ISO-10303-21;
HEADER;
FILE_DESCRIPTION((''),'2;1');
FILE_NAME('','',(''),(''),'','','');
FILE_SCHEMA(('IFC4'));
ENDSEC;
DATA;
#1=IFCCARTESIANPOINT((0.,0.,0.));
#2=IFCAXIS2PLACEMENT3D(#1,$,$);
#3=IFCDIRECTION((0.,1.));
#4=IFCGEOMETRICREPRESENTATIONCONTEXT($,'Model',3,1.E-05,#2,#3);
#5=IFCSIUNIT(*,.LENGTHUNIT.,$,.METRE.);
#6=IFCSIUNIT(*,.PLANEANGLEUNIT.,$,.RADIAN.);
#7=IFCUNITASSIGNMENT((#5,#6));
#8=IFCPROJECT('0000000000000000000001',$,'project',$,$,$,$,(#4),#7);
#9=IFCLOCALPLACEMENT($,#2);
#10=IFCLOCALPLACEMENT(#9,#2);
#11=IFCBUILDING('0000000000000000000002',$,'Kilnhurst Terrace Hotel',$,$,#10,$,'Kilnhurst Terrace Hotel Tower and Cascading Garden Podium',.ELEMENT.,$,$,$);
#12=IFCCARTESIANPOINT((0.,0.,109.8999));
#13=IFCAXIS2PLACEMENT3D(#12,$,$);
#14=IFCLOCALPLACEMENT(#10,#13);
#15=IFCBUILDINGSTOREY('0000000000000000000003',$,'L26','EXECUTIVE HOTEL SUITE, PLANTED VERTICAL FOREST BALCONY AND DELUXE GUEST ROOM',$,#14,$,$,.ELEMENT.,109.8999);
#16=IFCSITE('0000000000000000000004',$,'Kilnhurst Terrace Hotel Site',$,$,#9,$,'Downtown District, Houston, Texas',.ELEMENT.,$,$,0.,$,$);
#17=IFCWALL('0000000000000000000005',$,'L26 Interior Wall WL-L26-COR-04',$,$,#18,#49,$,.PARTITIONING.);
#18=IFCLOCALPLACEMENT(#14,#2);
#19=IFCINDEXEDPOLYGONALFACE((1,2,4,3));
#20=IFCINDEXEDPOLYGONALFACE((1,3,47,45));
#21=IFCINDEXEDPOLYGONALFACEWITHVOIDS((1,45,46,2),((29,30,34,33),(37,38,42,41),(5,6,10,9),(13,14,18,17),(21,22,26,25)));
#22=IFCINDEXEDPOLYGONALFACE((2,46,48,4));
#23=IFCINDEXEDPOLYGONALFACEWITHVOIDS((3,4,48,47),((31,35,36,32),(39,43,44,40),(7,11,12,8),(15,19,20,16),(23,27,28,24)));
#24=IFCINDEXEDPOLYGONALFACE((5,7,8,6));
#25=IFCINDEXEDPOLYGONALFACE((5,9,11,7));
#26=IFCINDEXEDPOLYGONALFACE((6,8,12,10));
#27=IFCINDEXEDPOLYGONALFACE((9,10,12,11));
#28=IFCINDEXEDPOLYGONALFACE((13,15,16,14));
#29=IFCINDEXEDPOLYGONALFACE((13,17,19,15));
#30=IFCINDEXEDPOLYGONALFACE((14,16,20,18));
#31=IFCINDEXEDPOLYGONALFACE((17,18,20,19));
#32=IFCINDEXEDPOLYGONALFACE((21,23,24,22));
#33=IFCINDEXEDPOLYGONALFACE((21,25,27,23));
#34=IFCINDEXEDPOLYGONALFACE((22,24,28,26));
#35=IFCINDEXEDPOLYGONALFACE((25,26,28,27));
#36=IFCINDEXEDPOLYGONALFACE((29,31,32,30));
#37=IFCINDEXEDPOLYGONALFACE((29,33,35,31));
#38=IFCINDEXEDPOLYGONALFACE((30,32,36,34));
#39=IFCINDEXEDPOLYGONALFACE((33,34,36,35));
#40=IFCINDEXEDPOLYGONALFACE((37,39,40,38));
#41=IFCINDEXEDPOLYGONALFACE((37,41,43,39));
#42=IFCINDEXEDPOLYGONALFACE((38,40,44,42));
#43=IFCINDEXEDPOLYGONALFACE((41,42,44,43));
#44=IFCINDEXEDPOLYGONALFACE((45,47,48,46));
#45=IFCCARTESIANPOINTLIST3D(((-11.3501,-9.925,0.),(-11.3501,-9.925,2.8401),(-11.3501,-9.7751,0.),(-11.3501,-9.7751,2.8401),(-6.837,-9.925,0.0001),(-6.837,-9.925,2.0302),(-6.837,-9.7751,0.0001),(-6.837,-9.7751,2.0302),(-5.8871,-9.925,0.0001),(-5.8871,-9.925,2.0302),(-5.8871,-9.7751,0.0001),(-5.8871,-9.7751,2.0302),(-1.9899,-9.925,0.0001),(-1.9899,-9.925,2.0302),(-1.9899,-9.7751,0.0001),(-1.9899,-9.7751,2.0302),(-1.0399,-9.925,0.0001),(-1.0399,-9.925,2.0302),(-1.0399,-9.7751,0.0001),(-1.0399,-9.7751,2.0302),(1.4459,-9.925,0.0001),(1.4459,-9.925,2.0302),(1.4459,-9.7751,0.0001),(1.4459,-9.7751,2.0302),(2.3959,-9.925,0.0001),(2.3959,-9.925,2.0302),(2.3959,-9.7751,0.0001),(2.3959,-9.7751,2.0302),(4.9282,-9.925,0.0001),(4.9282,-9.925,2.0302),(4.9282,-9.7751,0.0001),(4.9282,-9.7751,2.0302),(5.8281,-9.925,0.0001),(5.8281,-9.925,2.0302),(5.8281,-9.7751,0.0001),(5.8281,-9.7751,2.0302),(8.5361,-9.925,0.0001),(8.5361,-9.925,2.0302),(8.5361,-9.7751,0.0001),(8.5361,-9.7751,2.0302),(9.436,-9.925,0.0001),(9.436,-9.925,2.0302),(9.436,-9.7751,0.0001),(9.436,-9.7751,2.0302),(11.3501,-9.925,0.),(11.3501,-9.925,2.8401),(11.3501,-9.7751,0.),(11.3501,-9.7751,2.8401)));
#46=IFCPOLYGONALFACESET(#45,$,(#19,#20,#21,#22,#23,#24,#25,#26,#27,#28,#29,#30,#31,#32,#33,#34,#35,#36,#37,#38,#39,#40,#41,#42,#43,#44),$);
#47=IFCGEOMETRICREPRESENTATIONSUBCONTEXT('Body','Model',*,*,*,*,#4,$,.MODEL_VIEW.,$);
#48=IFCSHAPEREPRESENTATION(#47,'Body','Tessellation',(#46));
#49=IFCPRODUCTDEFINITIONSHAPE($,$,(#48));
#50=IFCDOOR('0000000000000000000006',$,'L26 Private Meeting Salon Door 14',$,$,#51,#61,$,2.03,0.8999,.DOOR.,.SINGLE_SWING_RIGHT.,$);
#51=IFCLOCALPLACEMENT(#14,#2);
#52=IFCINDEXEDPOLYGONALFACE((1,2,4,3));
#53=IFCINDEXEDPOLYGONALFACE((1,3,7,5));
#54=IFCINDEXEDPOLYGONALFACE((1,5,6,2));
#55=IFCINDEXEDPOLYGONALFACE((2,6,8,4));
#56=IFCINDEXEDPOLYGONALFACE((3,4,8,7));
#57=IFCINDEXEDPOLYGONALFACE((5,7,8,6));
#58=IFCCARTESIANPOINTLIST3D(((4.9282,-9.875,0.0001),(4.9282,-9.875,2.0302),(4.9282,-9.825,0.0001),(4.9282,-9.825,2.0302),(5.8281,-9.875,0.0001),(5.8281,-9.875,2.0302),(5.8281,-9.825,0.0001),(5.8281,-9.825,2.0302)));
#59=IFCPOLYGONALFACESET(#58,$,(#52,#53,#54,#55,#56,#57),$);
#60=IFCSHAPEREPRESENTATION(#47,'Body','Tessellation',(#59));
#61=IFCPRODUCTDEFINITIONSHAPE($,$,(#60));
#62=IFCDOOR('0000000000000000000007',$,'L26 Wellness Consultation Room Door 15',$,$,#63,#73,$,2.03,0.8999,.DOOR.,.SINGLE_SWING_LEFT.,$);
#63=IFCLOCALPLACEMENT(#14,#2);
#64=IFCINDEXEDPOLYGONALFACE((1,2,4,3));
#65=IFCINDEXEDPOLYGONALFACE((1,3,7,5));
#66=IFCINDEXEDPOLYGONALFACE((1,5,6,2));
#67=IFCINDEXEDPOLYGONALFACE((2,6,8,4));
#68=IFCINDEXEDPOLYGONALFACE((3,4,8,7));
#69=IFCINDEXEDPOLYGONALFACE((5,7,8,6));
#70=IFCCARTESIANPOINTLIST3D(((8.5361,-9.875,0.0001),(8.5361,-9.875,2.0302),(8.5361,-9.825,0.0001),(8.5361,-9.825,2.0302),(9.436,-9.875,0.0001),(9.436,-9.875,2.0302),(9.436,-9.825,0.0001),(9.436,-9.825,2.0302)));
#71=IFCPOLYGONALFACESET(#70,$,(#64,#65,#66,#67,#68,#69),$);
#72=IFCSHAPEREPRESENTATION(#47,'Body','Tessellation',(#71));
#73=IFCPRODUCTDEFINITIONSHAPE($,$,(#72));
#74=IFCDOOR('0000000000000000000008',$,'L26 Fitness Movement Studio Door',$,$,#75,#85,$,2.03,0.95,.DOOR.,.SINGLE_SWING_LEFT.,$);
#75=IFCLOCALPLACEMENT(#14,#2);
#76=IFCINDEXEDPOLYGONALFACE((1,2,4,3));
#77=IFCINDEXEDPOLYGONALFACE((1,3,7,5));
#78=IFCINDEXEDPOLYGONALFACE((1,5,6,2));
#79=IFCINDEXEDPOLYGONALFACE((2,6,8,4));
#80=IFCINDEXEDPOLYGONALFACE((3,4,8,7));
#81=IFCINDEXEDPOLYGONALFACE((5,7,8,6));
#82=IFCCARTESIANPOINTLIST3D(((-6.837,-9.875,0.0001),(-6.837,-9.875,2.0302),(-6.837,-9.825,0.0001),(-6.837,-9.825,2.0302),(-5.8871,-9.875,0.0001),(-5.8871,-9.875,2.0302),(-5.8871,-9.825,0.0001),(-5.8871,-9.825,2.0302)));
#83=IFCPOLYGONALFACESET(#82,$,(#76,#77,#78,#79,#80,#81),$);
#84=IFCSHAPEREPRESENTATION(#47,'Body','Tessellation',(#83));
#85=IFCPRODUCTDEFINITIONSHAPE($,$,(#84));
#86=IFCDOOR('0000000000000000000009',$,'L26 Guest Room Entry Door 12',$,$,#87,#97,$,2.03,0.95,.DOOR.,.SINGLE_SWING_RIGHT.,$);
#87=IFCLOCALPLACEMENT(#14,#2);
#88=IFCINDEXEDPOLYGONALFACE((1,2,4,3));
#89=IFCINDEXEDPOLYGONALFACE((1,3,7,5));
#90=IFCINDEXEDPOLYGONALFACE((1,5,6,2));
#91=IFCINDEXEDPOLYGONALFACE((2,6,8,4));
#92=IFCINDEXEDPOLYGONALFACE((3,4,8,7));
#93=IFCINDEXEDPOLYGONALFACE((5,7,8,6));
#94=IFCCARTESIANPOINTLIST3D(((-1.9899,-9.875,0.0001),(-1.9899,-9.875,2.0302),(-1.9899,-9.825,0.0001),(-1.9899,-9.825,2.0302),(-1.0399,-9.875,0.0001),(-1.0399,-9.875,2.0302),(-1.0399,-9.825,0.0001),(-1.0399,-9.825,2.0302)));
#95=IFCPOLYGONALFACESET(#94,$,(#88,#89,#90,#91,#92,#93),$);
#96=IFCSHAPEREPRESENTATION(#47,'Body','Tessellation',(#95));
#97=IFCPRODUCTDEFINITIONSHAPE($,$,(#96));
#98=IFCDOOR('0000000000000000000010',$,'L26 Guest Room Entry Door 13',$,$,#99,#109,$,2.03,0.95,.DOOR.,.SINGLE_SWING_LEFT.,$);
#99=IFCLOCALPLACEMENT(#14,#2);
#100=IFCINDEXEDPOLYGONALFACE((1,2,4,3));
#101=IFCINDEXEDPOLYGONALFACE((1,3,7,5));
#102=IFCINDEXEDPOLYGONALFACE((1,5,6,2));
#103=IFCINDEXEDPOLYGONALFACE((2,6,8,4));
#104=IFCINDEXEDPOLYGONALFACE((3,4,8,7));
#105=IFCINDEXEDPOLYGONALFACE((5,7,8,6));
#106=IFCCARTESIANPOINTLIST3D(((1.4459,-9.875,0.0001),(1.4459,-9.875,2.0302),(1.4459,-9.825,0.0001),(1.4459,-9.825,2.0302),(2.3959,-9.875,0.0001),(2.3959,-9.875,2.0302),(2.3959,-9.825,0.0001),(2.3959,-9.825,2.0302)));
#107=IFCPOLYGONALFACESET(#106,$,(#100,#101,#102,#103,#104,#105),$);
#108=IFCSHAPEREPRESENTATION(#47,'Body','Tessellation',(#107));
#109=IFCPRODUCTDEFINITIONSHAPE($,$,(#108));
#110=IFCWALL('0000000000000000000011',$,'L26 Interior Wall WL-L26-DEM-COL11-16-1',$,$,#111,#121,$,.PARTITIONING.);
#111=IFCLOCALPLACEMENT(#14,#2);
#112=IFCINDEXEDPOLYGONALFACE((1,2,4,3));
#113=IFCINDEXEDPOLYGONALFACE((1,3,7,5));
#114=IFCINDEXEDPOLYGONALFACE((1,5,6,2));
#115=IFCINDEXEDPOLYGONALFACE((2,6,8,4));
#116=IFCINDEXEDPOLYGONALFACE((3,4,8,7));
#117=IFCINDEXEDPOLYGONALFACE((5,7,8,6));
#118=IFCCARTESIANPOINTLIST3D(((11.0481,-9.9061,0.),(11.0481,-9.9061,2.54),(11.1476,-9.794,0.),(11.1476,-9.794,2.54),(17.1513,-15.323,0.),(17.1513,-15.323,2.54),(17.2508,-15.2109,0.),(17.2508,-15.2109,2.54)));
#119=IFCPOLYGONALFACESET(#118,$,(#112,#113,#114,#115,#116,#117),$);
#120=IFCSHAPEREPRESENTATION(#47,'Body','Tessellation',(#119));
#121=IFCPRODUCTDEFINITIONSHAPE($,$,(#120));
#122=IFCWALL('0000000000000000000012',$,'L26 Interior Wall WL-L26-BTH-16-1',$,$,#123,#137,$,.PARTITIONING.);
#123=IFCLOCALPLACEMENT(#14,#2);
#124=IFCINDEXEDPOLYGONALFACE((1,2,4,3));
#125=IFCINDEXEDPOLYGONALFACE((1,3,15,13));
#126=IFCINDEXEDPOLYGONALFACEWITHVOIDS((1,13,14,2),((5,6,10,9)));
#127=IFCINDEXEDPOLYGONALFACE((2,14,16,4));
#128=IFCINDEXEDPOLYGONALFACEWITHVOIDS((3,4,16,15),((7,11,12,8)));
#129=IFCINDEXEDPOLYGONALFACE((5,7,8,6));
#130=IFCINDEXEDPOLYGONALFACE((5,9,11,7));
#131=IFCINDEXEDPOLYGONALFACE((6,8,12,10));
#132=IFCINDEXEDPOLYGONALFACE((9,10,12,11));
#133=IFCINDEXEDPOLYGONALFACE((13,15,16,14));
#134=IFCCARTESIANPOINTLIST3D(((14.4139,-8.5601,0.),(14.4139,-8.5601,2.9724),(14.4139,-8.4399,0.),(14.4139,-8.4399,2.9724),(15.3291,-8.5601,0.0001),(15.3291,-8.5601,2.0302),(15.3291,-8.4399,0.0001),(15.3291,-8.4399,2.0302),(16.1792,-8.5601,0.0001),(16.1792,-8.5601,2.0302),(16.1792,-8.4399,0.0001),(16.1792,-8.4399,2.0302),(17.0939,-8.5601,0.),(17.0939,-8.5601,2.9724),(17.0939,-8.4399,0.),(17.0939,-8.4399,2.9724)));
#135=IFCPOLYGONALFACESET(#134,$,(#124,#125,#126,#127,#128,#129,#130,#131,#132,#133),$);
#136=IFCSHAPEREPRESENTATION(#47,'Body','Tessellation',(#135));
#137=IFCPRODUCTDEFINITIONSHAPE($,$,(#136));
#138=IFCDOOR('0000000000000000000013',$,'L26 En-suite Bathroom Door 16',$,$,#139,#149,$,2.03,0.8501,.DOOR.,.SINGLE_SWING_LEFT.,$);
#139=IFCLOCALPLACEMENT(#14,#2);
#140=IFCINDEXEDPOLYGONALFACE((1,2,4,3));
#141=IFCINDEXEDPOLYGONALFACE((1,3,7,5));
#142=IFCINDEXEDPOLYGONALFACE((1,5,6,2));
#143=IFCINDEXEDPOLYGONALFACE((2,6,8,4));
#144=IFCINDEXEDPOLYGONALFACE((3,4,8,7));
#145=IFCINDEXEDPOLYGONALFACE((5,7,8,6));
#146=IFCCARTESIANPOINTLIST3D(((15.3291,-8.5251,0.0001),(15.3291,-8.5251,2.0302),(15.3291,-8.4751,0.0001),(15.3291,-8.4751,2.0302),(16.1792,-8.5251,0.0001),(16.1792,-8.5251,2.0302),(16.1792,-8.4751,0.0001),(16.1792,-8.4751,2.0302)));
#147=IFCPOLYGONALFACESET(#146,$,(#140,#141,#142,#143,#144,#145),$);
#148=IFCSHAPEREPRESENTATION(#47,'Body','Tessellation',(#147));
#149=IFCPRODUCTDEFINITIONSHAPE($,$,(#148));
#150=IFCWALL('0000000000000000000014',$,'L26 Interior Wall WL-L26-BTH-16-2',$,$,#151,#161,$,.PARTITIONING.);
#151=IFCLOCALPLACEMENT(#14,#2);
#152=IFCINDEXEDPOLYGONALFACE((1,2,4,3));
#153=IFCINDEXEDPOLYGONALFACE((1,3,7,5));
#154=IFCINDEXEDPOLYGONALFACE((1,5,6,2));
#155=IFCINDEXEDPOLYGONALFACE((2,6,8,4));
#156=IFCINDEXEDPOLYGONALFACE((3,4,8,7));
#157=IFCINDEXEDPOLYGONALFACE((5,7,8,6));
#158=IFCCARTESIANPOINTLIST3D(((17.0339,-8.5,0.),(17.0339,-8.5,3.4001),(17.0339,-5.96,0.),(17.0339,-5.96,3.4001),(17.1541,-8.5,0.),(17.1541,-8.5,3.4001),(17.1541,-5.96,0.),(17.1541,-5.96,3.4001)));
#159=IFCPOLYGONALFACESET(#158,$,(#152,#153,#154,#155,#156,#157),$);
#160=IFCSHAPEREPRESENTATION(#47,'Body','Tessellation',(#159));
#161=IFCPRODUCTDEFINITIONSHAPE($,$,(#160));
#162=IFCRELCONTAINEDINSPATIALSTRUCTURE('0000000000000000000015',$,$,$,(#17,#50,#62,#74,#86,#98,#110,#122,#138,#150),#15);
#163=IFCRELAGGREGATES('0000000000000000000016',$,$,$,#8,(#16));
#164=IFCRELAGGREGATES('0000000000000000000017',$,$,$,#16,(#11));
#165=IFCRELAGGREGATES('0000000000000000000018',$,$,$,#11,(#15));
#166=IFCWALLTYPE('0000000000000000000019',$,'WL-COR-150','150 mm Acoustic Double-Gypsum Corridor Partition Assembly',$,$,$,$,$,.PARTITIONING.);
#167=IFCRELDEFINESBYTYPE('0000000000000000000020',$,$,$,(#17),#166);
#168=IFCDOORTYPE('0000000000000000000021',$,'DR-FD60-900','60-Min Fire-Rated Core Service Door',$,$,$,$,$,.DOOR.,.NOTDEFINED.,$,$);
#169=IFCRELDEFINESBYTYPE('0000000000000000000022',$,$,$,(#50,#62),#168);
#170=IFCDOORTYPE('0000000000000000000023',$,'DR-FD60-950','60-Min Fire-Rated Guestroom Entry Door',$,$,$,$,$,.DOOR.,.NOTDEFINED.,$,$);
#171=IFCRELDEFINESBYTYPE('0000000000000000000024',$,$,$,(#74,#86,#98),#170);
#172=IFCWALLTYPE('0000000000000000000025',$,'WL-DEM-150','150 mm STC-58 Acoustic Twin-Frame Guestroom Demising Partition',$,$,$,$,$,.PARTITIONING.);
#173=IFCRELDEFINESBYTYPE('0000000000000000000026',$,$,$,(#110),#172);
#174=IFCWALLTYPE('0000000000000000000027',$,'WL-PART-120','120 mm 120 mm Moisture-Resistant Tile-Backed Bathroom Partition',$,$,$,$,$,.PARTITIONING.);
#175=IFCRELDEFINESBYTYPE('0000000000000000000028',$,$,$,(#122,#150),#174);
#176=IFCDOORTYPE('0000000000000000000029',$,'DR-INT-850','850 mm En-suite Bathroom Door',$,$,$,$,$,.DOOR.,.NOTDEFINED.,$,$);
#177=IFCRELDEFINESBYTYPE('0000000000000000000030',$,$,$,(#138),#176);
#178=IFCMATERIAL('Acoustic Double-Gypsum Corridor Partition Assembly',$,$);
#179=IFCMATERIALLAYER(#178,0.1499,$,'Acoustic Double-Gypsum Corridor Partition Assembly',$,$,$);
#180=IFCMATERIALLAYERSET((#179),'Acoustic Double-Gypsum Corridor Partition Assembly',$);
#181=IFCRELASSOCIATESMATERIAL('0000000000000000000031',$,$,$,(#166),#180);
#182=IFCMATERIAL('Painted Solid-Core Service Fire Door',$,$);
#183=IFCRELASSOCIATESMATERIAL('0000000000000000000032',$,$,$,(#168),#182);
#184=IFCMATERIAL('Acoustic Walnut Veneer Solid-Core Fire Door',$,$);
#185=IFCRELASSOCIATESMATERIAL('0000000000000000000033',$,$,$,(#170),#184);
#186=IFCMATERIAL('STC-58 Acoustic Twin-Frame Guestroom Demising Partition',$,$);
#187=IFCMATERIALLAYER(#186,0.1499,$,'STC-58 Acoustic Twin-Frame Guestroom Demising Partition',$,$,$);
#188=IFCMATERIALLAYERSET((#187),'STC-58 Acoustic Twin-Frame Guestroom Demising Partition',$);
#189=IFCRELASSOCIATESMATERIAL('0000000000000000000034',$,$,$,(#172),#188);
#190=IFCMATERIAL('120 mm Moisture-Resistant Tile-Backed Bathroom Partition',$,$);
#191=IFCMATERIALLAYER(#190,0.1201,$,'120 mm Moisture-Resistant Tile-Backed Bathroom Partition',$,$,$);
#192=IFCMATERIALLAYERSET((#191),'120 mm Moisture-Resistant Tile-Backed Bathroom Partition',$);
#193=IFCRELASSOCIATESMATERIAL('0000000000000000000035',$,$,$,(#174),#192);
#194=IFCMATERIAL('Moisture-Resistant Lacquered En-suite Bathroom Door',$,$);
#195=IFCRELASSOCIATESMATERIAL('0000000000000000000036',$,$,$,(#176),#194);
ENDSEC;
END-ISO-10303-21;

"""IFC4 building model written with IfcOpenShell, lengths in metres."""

from ifc_helpers import new_model, si_unit, direction, frame, frame_2d, origin, place, context, subcontext, project, spatial, rectangle, extrude, material, layer, layer_set, type_object, element, fill, save


model = new_model("IFC4")

# Units and contexts
model_context = context("Model", 3, precision=1e-05, world=origin(), true_north=direction((0.0, 1.0)))
body_context = subcontext(model_context, "Body", "Model", "MODEL_VIEW")
ifc_project = project(units=[si_unit("LENGTHUNIT", "METRE"), si_unit("PLANEANGLEUNIT", "RADIAN")], contexts=[model_context])

# Site, building, storey
site_placement = place(None, origin())
site = spatial("IfcSite", under=ifc_project, at=site_placement, Name="Kilnhurst Terrace Hotel Site", LongName="Downtown District, Houston, Texas", CompositionType="ELEMENT", RefElevation=0.0)
building_placement = place(site_placement, origin())
building = spatial("IfcBuilding", under=site, at=building_placement, Name="Kilnhurst Terrace Hotel", LongName="Kilnhurst Terrace Hotel Tower and Cascading Garden Podium", CompositionType="ELEMENT")
storey_placement = place(building_placement, frame((0.0, 0.0, 109.8999)))
storey = spatial("IfcBuildingStorey", under=building, at=storey_placement, Name="L26", Description="EXECUTIVE HOTEL SUITE, PLANTED VERTICAL FOREST BALCONY AND DELUXE GUEST ROOM", CompositionType="ELEMENT", Elevation=109.8999)

# Wall, openings, doors
ifc_material_1 = material(Name="Acoustic Double-Gypsum Corridor Partition Assembly")
ifc_layer_1 = layer(ifc_material_1, 0.1499, Name="Acoustic Double-Gypsum Corridor Partition Assembly")
ifc_layer_set_1 = layer_set([ifc_layer_1], Name="Acoustic Double-Gypsum Corridor Partition Assembly")
wall_type_1 = type_object("IfcWallType", Name="WL-COR-150", Description="150 mm Acoustic Double-Gypsum Corridor Partition Assembly", PredefinedType="PARTITIONING", material=ifc_layer_set_1)
wall_1_placement = place(storey_placement, frame((11.3501, -9.8501, 0.0), z_axis=(0.0, 0.0, 1.0), x_axis=(-1.0, 0.0, 0.0)))
wall_1 = element("IfcWall", 1, at=wall_1_placement, inside=storey, type_object=wall_type_1, Name="L26 Interior Wall WL-L26-COR-04", PredefinedType="PARTITIONING", context=body_context, shape_type="SweptSolid", body=[
    extrude(rectangle(XDim=22.7002, YDim=0.1499, at=frame_2d((11.3501, 0.0))), origin(), (0.0, 0.0, 1.0), 2.8401),
])
opening_1_placement = place(wall_1_placement, frame((17.2371, 0.0, 0.0)))
opening_1 = element("IfcOpeningElement", 2, at=opening_1_placement, cuts=wall_1, PredefinedType="OPENING", context=body_context, shape_type="SweptSolid", body=[
    extrude(rectangle(XDim=0.95, YDim=2.03, at=frame_2d((0.4751, 1.0151))), frame((0.0, 0.085, 0.0), z_axis=(0.0, -1.0, 0.0), x_axis=(1.0, 0.0, 0.0)), (0.0, 0.0, 1.0), 0.1699),
])
opening_2_placement = place(wall_1_placement, frame((12.3899, 0.0, 0.0)))
opening_2 = element("IfcOpeningElement", 3, at=opening_2_placement, cuts=wall_1, PredefinedType="OPENING", context=body_context, shape_type="SweptSolid", body=[
    extrude(rectangle(XDim=0.95, YDim=2.03, at=frame_2d((0.4751, 1.0151))), frame((0.0, 0.085, 0.0), z_axis=(0.0, -1.0, 0.0), x_axis=(1.0, 0.0, 0.0)), (0.0, 0.0, 1.0), 0.1699),
])
opening_3_placement = place(wall_1_placement, frame((8.9541, 0.0, 0.0)))
opening_3 = element("IfcOpeningElement", 4, at=opening_3_placement, cuts=wall_1, PredefinedType="OPENING", context=body_context, shape_type="SweptSolid", body=[
    extrude(rectangle(XDim=0.95, YDim=2.03, at=frame_2d((0.4751, 1.0151))), frame((0.0, 0.085, 0.0), z_axis=(0.0, -1.0, 0.0), x_axis=(1.0, 0.0, 0.0)), (0.0, 0.0, 1.0), 0.1699),
])
opening_4_placement = place(wall_1_placement, frame((5.522, 0.0, 0.0)))
opening_4 = element("IfcOpeningElement", 5, at=opening_4_placement, cuts=wall_1, PredefinedType="OPENING", context=body_context, shape_type="SweptSolid", body=[
    extrude(rectangle(XDim=0.8999, YDim=2.03, at=frame_2d((0.45, 1.0151))), frame((0.0, 0.085, 0.0), z_axis=(0.0, -1.0, 0.0), x_axis=(1.0, 0.0, 0.0)), (0.0, 0.0, 1.0), 0.1699),
])
opening_5_placement = place(wall_1_placement, frame((1.9141, 0.0, 0.0)))
opening_5 = element("IfcOpeningElement", 6, at=opening_5_placement, cuts=wall_1, PredefinedType="OPENING", context=body_context, shape_type="SweptSolid", body=[
    extrude(rectangle(XDim=0.8999, YDim=2.03, at=frame_2d((0.45, 1.0151))), frame((0.0, 0.085, 0.0), z_axis=(0.0, -1.0, 0.0), x_axis=(1.0, 0.0, 0.0)), (0.0, 0.0, 1.0), 0.1699),
])
ifc_material_2 = material(Name="Painted Solid-Core Service Fire Door")
door_type_1 = type_object("IfcDoorType", Name="DR-FD60-900", Description="60-Min Fire-Rated Core Service Door", OperationType="NOTDEFINED", PredefinedType="DOOR", material=ifc_material_2)
door_1_placement = place(opening_4_placement, origin())
door_1 = element("IfcDoor", 7, at=door_1_placement, inside=storey, type_object=door_type_1, Name="L26 Private Meeting Salon Door 14", OperationType="SINGLE_SWING_RIGHT", OverallHeight=2.03, OverallWidth=0.8999, PredefinedType="DOOR", context=body_context, shape_type="SweptSolid", body=[
    extrude(rectangle(XDim=0.8999, YDim=2.03, at=frame_2d((0.45, 1.0151))), frame((0.0, 0.0249, 0.0), z_axis=(0.0, -1.0, 0.0), x_axis=(1.0, 0.0, 0.0)), (0.0, 0.0, 1.0), 0.05),
])
fill(opening_4, door_1)
door_2_placement = place(opening_5_placement, origin())
door_2 = element("IfcDoor", 8, at=door_2_placement, inside=storey, type_object=door_type_1, Name="L26 Wellness Consultation Room Door 15", OperationType="SINGLE_SWING_LEFT", OverallHeight=2.03, OverallWidth=0.8999, PredefinedType="DOOR", context=body_context, shape_type="SweptSolid", body=[
    extrude(rectangle(XDim=0.8999, YDim=2.03, at=frame_2d((0.45, 1.0151))), frame((0.0, 0.0249, 0.0), z_axis=(0.0, -1.0, 0.0), x_axis=(1.0, 0.0, 0.0)), (0.0, 0.0, 1.0), 0.05),
])
fill(opening_5, door_2)
ifc_material_3 = material(Name="Acoustic Walnut Veneer Solid-Core Fire Door")
door_type_2 = type_object("IfcDoorType", Name="DR-FD60-950", Description="60-Min Fire-Rated Guestroom Entry Door", OperationType="NOTDEFINED", PredefinedType="DOOR", material=ifc_material_3)
door_3_placement = place(opening_1_placement, origin())
door_3 = element("IfcDoor", 9, at=door_3_placement, inside=storey, type_object=door_type_2, Name="L26 Fitness Movement Studio Door", OperationType="SINGLE_SWING_LEFT", OverallHeight=2.03, OverallWidth=0.95, PredefinedType="DOOR", context=body_context, shape_type="SweptSolid", body=[
    extrude(rectangle(XDim=0.95, YDim=2.03, at=frame_2d((0.4751, 1.0151))), frame((0.0, 0.0249, 0.0), z_axis=(0.0, -1.0, 0.0), x_axis=(1.0, 0.0, 0.0)), (0.0, 0.0, 1.0), 0.05),
])
fill(opening_1, door_3)
door_4_placement = place(opening_2_placement, origin())
door_4 = element("IfcDoor", 10, at=door_4_placement, inside=storey, type_object=door_type_2, Name="L26 Guest Room Entry Door 12", OperationType="SINGLE_SWING_RIGHT", OverallHeight=2.03, OverallWidth=0.95, PredefinedType="DOOR", context=body_context, shape_type="SweptSolid", body=[
    extrude(rectangle(XDim=0.95, YDim=2.03, at=frame_2d((0.4751, 1.0151))), frame((0.0, 0.0249, 0.0), z_axis=(0.0, -1.0, 0.0), x_axis=(1.0, 0.0, 0.0)), (0.0, 0.0, 1.0), 0.05),
])
fill(opening_2, door_4)
door_5_placement = place(opening_3_placement, origin())
door_5 = element("IfcDoor", 11, at=door_5_placement, inside=storey, type_object=door_type_2, Name="L26 Guest Room Entry Door 13", OperationType="SINGLE_SWING_LEFT", OverallHeight=2.03, OverallWidth=0.95, PredefinedType="DOOR", context=body_context, shape_type="SweptSolid", body=[
    extrude(rectangle(XDim=0.95, YDim=2.03, at=frame_2d((0.4751, 1.0151))), frame((0.0, 0.0249, 0.0), z_axis=(0.0, -1.0, 0.0), x_axis=(1.0, 0.0, 0.0)), (0.0, 0.0, 1.0), 0.05),
])
fill(opening_3, door_5)

# Wall
ifc_material_4 = material(Name="STC-58 Acoustic Twin-Frame Guestroom Demising Partition")
ifc_layer_2 = layer(ifc_material_4, 0.1499, Name="STC-58 Acoustic Twin-Frame Guestroom Demising Partition")
ifc_layer_set_2 = layer_set([ifc_layer_2], Name="STC-58 Acoustic Twin-Frame Guestroom Demising Partition")
wall_type_2 = type_object("IfcWallType", Name="WL-DEM-150", Description="150 mm STC-58 Acoustic Twin-Frame Guestroom Demising Partition", PredefinedType="PARTITIONING", material=ifc_layer_set_2)
wall_2_placement = place(storey_placement, frame((11.0979, -9.8501, 0.0), z_axis=(0.0, 0.0, 1.0), x_axis=(0.747904, -0.663807, 0.0)))
element("IfcWall", 12, at=wall_2_placement, inside=storey, type_object=wall_type_2, Name="L26 Interior Wall WL-L26-DEM-COL11-16-1", PredefinedType="PARTITIONING", context=body_context, shape_type="SweptSolid", body=[
    extrude(rectangle(XDim=8.1604, YDim=0.1499, at=frame_2d((4.0801, 0.0))), origin(), (0.0, 0.0, 1.0), 2.54),
])

# Wall, opening, door
ifc_material_5 = material(Name="120 mm Moisture-Resistant Tile-Backed Bathroom Partition")
ifc_layer_3 = layer(ifc_material_5, 0.1201, Name="120 mm Moisture-Resistant Tile-Backed Bathroom Partition")
ifc_layer_set_3 = layer_set([ifc_layer_3], Name="120 mm Moisture-Resistant Tile-Backed Bathroom Partition")
wall_type_3 = type_object("IfcWallType", Name="WL-PART-120", Description="120 mm 120 mm Moisture-Resistant Tile-Backed Bathroom Partition", PredefinedType="PARTITIONING", material=ifc_layer_set_3)
wall_3_placement = place(storey_placement, frame((14.4141, -8.5, 0.0), z_axis=(0.0, 0.0, 1.0), x_axis=(1.0, 0.0, 0.0)))
wall_3 = element("IfcWall", 13, at=wall_3_placement, inside=storey, type_object=wall_type_3, Name="L26 Interior Wall WL-L26-BTH-16-1", PredefinedType="PARTITIONING", context=body_context, shape_type="SweptSolid", body=[
    extrude(rectangle(XDim=2.6799, YDim=0.1201, at=frame_2d((1.3398, 0.0))), origin(), (0.0, 0.0, 1.0), 2.9724),
])
opening_6_placement = place(wall_3_placement, frame((0.915, 0.0, 0.0)))
opening_6 = element("IfcOpeningElement", 14, at=opening_6_placement, cuts=wall_3, PredefinedType="OPENING", context=body_context, shape_type="SweptSolid", body=[
    extrude(rectangle(XDim=0.8501, YDim=2.03, at=frame_2d((0.425, 1.0151))), frame((0.0, 0.0701, 0.0), z_axis=(0.0, -1.0, 0.0), x_axis=(1.0, 0.0, 0.0)), (0.0, 0.0, 1.0), 0.1401),
])
ifc_material_6 = material(Name="Moisture-Resistant Lacquered En-suite Bathroom Door")
door_type_3 = type_object("IfcDoorType", Name="DR-INT-850", Description="850 mm En-suite Bathroom Door", OperationType="NOTDEFINED", PredefinedType="DOOR", material=ifc_material_6)
door_6_placement = place(opening_6_placement, origin())
door_6 = element("IfcDoor", 15, at=door_6_placement, inside=storey, type_object=door_type_3, Name="L26 En-suite Bathroom Door 16", OperationType="SINGLE_SWING_LEFT", OverallHeight=2.03, OverallWidth=0.8501, PredefinedType="DOOR", context=body_context, shape_type="SweptSolid", body=[
    extrude(rectangle(XDim=0.8501, YDim=2.03, at=frame_2d((0.425, 1.0151))), frame((0.0, 0.0249, 0.0), z_axis=(0.0, -1.0, 0.0), x_axis=(1.0, 0.0, 0.0)), (0.0, 0.0, 1.0), 0.05),
])
fill(opening_6, door_6)

# Wall
wall_4_placement = place(storey_placement, frame((17.094, -8.5, 0.0), z_axis=(0.0, 0.0, 1.0), x_axis=(0.0, 1.0, 0.0)))
element("IfcWall", 16, at=wall_4_placement, inside=storey, type_object=wall_type_3, Name="L26 Interior Wall WL-L26-BTH-16-2", PredefinedType="PARTITIONING", context=body_context, shape_type="SweptSolid", body=[
    extrude(rectangle(XDim=2.54, YDim=0.1201, at=frame_2d((1.27, 0.0))), origin(), (0.0, 0.0, 1.0), 3.4001),
])

save(model, "model.ifc")
